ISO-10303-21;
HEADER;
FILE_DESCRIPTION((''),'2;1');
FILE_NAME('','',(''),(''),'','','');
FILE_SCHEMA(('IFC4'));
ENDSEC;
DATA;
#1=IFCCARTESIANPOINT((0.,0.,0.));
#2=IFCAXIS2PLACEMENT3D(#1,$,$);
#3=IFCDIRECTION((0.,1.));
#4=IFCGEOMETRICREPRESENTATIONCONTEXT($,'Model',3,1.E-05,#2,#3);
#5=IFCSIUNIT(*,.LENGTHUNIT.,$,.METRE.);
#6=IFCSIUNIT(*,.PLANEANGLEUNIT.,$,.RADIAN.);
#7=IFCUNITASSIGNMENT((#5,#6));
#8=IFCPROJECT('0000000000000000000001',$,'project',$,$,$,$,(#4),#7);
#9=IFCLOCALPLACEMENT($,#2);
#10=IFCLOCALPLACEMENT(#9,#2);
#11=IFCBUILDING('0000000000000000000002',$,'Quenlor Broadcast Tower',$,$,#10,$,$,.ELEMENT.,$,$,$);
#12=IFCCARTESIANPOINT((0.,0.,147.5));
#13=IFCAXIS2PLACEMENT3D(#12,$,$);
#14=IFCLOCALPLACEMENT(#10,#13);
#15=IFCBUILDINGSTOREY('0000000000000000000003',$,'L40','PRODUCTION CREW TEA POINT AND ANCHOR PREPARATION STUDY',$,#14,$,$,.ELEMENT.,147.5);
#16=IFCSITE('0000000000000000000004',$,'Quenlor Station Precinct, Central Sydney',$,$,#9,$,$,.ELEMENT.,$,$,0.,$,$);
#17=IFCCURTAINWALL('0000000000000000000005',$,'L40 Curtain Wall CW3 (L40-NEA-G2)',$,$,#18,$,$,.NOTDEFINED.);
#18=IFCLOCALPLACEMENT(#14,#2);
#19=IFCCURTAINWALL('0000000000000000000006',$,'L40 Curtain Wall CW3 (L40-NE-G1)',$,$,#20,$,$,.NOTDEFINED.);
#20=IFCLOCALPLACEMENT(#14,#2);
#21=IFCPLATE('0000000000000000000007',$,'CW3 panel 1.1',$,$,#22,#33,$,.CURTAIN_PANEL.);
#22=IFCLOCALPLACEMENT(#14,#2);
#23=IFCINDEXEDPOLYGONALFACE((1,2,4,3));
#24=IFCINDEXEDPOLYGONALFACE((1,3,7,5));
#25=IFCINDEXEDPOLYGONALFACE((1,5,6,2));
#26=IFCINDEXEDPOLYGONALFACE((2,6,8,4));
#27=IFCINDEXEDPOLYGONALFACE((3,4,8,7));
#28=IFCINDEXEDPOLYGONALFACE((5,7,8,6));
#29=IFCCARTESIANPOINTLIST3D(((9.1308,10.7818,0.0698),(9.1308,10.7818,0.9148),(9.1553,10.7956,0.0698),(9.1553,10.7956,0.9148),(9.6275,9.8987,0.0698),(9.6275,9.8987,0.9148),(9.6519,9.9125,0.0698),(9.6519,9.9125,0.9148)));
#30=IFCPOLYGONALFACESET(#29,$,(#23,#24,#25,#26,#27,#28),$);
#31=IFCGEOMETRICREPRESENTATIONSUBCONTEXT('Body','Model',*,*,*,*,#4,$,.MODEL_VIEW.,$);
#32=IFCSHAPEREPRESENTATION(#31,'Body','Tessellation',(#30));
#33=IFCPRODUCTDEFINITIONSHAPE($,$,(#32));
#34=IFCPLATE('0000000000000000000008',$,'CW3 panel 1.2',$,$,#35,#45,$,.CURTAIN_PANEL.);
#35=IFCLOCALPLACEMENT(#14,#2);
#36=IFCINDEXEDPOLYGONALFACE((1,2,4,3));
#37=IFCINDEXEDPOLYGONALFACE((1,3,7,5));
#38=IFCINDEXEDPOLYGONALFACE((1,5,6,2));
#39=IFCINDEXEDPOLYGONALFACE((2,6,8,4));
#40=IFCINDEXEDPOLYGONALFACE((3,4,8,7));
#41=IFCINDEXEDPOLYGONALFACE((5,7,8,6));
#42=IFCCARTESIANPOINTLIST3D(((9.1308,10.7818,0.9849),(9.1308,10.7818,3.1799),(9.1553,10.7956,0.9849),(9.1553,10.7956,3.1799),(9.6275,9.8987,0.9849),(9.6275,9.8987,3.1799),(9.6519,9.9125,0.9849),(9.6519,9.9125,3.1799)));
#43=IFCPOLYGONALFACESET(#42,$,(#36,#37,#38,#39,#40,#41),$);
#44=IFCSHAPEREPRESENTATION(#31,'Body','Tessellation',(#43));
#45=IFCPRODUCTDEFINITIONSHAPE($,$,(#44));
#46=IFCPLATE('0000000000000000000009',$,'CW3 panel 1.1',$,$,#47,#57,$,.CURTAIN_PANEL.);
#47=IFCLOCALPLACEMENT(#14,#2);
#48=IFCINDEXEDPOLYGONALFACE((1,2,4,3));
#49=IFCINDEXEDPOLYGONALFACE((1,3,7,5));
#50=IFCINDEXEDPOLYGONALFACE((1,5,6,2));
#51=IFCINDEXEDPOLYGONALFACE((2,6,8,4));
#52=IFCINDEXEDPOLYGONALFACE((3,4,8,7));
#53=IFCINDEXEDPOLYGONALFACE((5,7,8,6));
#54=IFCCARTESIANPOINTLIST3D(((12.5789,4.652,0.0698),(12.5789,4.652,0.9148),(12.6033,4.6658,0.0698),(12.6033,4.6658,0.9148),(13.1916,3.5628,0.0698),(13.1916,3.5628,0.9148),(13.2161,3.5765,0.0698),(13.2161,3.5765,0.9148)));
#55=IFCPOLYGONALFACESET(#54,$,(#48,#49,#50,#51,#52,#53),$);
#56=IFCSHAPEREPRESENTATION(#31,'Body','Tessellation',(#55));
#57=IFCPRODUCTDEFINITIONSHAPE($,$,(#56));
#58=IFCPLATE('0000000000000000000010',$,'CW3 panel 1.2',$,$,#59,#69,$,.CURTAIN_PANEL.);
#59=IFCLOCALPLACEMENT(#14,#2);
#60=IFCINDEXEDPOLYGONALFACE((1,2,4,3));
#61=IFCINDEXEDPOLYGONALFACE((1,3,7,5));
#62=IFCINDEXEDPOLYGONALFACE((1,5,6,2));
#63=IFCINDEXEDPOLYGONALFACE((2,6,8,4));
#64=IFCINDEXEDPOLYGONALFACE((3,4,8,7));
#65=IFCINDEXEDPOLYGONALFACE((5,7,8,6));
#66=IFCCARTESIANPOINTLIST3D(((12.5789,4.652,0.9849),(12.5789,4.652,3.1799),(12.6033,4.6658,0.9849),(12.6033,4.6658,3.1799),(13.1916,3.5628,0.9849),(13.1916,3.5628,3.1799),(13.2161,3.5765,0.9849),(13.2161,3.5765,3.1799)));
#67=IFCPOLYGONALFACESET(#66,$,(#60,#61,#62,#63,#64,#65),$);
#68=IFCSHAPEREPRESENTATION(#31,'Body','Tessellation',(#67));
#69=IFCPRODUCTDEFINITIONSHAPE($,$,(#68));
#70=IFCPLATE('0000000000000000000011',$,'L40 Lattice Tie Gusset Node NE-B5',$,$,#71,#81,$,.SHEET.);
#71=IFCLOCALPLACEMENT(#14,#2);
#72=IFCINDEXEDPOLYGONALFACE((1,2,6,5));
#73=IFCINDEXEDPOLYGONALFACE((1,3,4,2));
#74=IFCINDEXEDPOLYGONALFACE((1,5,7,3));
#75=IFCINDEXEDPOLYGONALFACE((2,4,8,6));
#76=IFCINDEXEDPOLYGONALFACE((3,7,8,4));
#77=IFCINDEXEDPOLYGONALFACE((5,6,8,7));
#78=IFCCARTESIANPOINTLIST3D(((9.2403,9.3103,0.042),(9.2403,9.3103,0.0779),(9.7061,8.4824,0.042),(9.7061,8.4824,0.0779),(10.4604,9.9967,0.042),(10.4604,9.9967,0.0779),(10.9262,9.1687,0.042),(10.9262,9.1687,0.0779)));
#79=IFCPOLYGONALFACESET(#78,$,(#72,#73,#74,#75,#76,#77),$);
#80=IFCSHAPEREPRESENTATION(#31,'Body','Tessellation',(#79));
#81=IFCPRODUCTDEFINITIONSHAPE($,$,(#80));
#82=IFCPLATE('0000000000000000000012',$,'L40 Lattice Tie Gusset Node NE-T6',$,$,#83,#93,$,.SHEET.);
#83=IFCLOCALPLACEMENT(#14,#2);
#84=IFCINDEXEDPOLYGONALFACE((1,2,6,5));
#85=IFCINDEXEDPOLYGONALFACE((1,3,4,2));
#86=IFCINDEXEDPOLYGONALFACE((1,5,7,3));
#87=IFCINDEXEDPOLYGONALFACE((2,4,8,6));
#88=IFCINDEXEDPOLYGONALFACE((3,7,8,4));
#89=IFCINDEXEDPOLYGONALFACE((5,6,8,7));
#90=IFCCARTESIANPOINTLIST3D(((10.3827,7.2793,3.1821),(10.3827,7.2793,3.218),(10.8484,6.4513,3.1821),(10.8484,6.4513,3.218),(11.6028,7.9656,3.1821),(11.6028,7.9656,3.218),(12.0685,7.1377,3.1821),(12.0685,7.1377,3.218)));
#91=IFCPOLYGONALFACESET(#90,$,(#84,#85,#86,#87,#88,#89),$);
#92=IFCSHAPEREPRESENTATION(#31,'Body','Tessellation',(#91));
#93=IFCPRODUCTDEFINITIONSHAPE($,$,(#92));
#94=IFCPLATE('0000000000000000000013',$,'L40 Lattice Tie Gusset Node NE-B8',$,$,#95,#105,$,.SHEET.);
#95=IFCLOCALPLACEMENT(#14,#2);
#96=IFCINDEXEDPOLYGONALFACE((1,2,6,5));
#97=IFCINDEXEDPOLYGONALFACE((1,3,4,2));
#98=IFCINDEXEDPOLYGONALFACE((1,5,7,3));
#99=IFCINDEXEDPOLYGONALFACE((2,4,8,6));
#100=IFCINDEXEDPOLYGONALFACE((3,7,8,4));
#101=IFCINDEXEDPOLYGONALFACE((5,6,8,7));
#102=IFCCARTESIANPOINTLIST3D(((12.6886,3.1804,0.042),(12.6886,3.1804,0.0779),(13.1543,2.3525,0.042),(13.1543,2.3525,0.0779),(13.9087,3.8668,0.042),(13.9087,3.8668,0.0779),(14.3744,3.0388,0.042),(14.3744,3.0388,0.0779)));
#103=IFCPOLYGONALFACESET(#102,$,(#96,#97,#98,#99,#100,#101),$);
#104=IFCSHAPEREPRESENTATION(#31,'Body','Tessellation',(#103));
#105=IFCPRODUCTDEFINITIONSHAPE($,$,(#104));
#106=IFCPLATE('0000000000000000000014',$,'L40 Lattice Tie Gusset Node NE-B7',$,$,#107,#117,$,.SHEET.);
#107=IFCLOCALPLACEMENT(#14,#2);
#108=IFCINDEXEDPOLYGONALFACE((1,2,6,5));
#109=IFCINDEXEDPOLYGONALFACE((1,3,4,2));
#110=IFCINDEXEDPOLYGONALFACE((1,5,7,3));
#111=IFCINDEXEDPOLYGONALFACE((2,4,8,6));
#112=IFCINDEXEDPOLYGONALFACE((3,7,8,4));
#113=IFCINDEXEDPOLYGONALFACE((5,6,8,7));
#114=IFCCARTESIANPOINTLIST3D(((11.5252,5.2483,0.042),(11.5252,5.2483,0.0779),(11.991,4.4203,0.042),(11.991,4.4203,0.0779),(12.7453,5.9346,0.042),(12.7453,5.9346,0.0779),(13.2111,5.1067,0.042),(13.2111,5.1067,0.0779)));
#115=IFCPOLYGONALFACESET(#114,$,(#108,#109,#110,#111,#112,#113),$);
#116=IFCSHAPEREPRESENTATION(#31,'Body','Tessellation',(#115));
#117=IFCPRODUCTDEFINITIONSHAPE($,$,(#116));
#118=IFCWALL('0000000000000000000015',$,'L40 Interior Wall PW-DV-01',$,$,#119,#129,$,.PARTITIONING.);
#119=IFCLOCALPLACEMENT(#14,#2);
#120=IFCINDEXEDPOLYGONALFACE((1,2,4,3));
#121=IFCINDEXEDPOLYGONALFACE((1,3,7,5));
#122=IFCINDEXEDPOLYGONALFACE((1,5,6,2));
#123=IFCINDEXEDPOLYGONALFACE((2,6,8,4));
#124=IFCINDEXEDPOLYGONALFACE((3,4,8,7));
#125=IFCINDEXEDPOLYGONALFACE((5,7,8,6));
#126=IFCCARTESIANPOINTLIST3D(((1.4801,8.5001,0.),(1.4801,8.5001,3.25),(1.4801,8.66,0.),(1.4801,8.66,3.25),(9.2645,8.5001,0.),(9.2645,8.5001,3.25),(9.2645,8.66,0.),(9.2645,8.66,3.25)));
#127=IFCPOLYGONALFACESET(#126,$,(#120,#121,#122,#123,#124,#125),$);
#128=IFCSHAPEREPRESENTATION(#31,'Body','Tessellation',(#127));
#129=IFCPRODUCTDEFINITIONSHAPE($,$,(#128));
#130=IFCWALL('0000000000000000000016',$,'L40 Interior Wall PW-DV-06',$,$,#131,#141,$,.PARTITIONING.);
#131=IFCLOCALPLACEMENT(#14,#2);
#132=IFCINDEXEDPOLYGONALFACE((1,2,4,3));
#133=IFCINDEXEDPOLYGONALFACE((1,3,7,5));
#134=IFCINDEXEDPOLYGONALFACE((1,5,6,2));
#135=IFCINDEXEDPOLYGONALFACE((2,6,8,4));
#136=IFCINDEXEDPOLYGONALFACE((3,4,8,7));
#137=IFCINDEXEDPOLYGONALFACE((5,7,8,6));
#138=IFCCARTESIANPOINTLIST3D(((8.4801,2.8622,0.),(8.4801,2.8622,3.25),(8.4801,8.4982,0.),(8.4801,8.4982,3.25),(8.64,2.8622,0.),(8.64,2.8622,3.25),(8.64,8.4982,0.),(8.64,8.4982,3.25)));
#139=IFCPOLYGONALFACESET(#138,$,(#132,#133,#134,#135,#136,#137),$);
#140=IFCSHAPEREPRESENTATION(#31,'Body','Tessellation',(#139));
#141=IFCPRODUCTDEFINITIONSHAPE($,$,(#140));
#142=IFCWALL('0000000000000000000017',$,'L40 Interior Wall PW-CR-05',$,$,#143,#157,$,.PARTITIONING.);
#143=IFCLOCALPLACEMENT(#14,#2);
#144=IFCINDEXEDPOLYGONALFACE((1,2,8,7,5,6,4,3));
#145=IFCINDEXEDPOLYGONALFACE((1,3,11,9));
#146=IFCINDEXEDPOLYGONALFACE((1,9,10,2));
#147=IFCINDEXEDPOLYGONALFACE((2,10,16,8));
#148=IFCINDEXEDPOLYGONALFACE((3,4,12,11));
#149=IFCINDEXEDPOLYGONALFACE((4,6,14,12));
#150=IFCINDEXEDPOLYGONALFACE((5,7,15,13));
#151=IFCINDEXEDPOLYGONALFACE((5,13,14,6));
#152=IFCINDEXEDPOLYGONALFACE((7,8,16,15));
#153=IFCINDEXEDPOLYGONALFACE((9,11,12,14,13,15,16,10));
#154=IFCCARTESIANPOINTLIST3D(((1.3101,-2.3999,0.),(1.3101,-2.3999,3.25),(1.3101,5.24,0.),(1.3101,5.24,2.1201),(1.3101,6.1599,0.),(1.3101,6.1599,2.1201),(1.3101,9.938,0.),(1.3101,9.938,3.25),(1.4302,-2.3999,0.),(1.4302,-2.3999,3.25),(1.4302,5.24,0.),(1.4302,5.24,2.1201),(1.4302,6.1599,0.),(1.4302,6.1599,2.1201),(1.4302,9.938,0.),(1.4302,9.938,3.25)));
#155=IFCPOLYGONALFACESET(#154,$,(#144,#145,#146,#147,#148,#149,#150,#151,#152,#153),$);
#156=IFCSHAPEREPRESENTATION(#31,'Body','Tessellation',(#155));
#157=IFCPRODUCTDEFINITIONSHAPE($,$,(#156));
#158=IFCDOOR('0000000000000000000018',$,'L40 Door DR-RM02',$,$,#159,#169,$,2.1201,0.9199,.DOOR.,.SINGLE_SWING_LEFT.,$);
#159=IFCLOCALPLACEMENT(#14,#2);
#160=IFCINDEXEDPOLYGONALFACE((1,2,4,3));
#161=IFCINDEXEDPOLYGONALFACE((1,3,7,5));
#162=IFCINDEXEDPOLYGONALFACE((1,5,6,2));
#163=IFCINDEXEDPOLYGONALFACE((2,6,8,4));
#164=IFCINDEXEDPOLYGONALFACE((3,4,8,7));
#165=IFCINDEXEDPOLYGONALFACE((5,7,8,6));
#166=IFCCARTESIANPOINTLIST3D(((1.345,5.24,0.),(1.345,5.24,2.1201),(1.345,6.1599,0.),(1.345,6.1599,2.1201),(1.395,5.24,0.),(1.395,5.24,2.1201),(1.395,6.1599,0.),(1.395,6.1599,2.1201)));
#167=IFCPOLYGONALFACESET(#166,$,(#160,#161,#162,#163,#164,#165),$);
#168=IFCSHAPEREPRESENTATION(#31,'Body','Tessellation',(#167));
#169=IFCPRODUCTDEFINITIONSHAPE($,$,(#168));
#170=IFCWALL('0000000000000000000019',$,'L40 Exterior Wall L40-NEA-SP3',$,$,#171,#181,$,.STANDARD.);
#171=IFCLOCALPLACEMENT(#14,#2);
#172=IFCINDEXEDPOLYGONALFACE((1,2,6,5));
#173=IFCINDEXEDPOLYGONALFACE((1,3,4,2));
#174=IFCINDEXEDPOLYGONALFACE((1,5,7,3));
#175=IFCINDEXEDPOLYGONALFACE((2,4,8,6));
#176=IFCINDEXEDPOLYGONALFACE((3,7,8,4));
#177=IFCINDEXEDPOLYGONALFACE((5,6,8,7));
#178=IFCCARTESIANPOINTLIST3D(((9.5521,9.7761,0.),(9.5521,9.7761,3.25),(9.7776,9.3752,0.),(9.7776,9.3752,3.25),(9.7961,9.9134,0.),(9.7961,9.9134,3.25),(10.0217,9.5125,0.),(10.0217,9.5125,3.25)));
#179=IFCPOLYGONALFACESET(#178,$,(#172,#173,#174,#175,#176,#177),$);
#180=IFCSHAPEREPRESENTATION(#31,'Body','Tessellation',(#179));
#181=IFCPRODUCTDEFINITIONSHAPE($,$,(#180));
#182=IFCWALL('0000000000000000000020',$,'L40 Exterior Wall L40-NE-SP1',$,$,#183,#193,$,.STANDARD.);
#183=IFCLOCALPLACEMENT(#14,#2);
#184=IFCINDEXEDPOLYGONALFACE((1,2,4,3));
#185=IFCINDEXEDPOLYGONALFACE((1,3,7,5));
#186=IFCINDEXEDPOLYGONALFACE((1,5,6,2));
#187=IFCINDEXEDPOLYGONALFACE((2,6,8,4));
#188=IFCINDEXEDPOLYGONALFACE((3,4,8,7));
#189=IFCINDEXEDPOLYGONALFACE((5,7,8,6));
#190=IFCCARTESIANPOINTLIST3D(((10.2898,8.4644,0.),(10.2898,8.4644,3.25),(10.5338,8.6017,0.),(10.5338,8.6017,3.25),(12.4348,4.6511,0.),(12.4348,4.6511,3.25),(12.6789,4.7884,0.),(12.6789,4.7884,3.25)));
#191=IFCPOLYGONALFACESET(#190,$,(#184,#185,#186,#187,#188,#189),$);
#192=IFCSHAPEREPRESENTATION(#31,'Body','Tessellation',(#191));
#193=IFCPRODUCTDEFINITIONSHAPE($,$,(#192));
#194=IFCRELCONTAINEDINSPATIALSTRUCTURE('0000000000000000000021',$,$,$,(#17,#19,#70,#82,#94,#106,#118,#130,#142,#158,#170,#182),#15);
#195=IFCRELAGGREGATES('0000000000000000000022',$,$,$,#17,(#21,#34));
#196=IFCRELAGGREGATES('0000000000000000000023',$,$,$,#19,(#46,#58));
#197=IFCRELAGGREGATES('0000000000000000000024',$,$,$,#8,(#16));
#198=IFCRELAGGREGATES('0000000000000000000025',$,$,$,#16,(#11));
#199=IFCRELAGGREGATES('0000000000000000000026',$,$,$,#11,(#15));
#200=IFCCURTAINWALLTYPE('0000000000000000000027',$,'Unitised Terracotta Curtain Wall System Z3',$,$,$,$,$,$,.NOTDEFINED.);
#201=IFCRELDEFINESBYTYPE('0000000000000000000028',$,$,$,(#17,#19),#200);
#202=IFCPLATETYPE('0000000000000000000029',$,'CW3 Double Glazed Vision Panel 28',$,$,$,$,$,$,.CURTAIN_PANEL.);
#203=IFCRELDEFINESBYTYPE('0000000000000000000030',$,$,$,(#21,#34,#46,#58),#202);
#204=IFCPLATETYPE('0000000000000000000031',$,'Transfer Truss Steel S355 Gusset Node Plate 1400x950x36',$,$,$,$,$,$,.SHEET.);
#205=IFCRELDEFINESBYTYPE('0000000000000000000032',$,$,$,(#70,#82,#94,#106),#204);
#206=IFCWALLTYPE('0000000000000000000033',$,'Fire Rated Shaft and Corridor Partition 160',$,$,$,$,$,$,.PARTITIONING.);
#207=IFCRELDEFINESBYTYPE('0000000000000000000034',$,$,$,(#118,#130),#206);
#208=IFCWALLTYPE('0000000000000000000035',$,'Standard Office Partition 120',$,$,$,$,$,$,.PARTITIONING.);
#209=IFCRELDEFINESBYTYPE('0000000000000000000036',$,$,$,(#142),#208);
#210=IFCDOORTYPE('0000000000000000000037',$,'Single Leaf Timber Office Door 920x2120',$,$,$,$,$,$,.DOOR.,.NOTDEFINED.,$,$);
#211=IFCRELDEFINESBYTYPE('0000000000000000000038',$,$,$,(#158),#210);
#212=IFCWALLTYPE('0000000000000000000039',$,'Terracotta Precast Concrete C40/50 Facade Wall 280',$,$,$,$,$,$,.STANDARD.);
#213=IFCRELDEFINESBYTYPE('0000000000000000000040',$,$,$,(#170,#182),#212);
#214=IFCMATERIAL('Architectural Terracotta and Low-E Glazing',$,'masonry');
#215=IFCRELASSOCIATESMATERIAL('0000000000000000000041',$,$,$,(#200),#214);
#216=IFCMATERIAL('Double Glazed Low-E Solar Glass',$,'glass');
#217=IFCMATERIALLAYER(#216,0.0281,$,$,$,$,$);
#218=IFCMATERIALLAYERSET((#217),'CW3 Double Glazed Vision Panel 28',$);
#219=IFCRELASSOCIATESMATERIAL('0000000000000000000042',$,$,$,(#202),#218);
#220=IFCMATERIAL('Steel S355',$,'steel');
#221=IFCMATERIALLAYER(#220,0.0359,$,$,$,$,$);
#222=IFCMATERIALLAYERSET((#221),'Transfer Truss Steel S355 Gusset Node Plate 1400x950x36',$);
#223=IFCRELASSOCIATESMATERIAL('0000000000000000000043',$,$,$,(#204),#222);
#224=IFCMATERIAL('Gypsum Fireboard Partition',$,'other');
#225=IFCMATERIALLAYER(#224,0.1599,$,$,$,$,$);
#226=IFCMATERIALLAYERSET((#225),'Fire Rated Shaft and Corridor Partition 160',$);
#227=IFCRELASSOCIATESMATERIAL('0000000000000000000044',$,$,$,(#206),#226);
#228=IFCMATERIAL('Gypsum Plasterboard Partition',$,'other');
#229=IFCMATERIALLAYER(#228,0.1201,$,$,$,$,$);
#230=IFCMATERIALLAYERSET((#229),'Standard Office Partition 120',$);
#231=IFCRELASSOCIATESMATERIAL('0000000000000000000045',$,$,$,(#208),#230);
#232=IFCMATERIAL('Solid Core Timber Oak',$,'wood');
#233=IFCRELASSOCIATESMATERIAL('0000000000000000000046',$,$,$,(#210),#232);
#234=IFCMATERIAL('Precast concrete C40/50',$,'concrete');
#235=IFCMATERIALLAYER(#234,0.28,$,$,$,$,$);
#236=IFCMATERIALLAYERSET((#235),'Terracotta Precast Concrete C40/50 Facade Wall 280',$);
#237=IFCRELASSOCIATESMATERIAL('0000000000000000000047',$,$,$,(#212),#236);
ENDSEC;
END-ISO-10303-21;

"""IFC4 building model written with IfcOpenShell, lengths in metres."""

from ifc_helpers import new_model, si_unit, direction, frame, frame_2d, origin, origin_2d, place, context, subcontext, project, spatial, rectangle, extrude, material, layer, layer_set, type_object, element, fill, aggregate, save


model = new_model("IFC4")

# Units and contexts
model_context = context("Model", 3, precision=1e-05, world=origin(), true_north=direction((0.0, 1.0)))
body_context = subcontext(model_context, "Body", "Model", "MODEL_VIEW")
ifc_project = project(units=[si_unit("LENGTHUNIT", "METRE"), si_unit("PLANEANGLEUNIT", "RADIAN")], contexts=[model_context])

# Site, building, storey
site_placement = place(None, origin())
site = spatial("IfcSite", under=ifc_project, at=site_placement, Name="Quenlor Station Precinct, Central Sydney", CompositionType="ELEMENT", RefElevation=0.0)
building_placement = place(site_placement, origin())
building = spatial("IfcBuilding", under=site, at=building_placement, Name="Quenlor Broadcast Tower", CompositionType="ELEMENT")
storey_placement = place(building_placement, frame((0.0, 0.0, 147.5)))
storey = spatial("IfcBuildingStorey", under=building, at=storey_placement, Name="L40", Description="PRODUCTION CREW TEA POINT AND ANCHOR PREPARATION STUDY", CompositionType="ELEMENT", Elevation=147.5)

# Curtain wall
ifc_material_1 = material(Name="Architectural Terracotta and Low-E Glazing", Category="masonry")
curtain_wall_type = type_object("IfcCurtainWallType", Name="Unitised Terracotta Curtain Wall System Z3", PredefinedType="NOTDEFINED", material=ifc_material_1)
curtain_wall_1_placement = place(storey_placement, origin())
curtain_wall_1 = element("IfcCurtainWall", 1, at=curtain_wall_1_placement, inside=storey, type_object=curtain_wall_type, Name="L40 Curtain Wall CW3 (L40-NEA-G2)", PredefinedType="NOTDEFINED")

# Curtain wall
curtain_wall_2_placement = place(storey_placement, origin())
curtain_wall_2 = element("IfcCurtainWall", 2, at=curtain_wall_2_placement, inside=storey, type_object=curtain_wall_type, Name="L40 Curtain Wall CW3 (L40-NE-G1)", PredefinedType="NOTDEFINED")

# Plates
ifc_material_2 = material(Name="Double Glazed Low-E Solar Glass", Category="glass")
ifc_layer_1 = layer(ifc_material_2, 0.0281)
ifc_layer_set_1 = layer_set([ifc_layer_1], Name="CW3 Double Glazed Vision Panel 28")
plate_type_1 = type_object("IfcPlateType", Name="CW3 Double Glazed Vision Panel 28", PredefinedType="CURTAIN_PANEL", material=ifc_layer_set_1)
plate_1_placement = place(storey_placement, frame((9.3914, 10.3472, 0.0698), z_axis=(0.0, 0.0, 1.0), x_axis=(0.490216, -0.871601, 0.0)))
plate_1 = element("IfcPlate", 3, at=plate_1_placement, type_object=plate_type_1, Name="CW3 panel 1.1", PredefinedType="CURTAIN_PANEL", context=body_context, shape_type="SweptSolid", body=[
    extrude(rectangle(XDim=1.0132, YDim=0.0281, at=origin_2d()), origin(), (0.0, 0.0, 1.0), 0.845),
])
plate_2_placement = place(storey_placement, frame((9.3914, 10.3472, 0.9849), z_axis=(0.0, 0.0, 1.0), x_axis=(0.490216, -0.871601, 0.0)))
plate_2 = element("IfcPlate", 4, at=plate_2_placement, type_object=plate_type_1, Name="CW3 panel 1.2", PredefinedType="CURTAIN_PANEL", context=body_context, shape_type="SweptSolid", body=[
    extrude(rectangle(XDim=1.0132, YDim=0.0281, at=origin_2d()), origin(), (0.0, 0.0, 1.0), 2.1951),
])
aggregate(curtain_wall_1, [plate_1, plate_2])
plate_3_placement = place(storey_placement, frame((12.8975, 4.1143, 0.0698), z_axis=(0.0, 0.0, 1.0), x_axis=(0.490285, -0.871562, 0.0)))
plate_3 = element("IfcPlate", 5, at=plate_3_placement, type_object=plate_type_1, Name="CW3 panel 1.1", PredefinedType="CURTAIN_PANEL", context=body_context, shape_type="SweptSolid", body=[
    extrude(rectangle(XDim=1.2498, YDim=0.0281, at=origin_2d()), origin(), (0.0, 0.0, 1.0), 0.845),
])
plate_4_placement = place(storey_placement, frame((12.8975, 4.1143, 0.9849), z_axis=(0.0, 0.0, 1.0), x_axis=(0.490285, -0.871562, 0.0)))
plate_4 = element("IfcPlate", 6, at=plate_4_placement, type_object=plate_type_1, Name="CW3 panel 1.2", PredefinedType="CURTAIN_PANEL", context=body_context, shape_type="SweptSolid", body=[
    extrude(rectangle(XDim=1.2498, YDim=0.0281, at=origin_2d()), origin(), (0.0, 0.0, 1.0), 2.1951),
])
aggregate(curtain_wall_2, [plate_3, plate_4])

# Plates
ifc_material_3 = material(Name="Steel S355", Category="steel")
ifc_layer_2 = layer(ifc_material_3, 0.0359)
ifc_layer_set_2 = layer_set([ifc_layer_2], Name="Transfer Truss Steel S355 Gusset Node Plate 1400x950x36")
plate_type_2 = type_object("IfcPlateType", Name="Transfer Truss Steel S355 Gusset Node Plate 1400x950x36", PredefinedType="SHEET", material=ifc_layer_set_2)
for number, where, z_axis, x_axis, name in (
    (7, (10.0833, 9.2395, 0.042), (0.0, 0.0, 1.0), (0.871556, 0.490295, 0.0), "L40 Lattice Tie Gusset Node NE-B5"),
    (8, (11.2256, 7.2085, 3.1821), (0.0, 0.0, 1.0), (0.871556, 0.490295, 0.0), "L40 Lattice Tie Gusset Node NE-T6"),
    (9, (13.5315, 3.1096, 0.042), (0.0, 0.0, 1.0), (0.871556, 0.490295, 0.0), "L40 Lattice Tie Gusset Node NE-B8"),
    (10, (12.3682, 5.1775, 0.042), (0.0, 0.0, 1.0), (0.871556, 0.490295, 0.0), "L40 Lattice Tie Gusset Node NE-B7"),
):
    element("IfcPlate", number, at=place(storey_placement, frame(where, z_axis=z_axis, x_axis=x_axis)), inside=storey, type_object=plate_type_2, Name=name, PredefinedType="SHEET", context=body_context, shape_type="SweptSolid", body=[
        extrude(rectangle(XDim=1.3999, YDim=0.95, at=origin_2d()), origin(), (0.0, 0.0, 1.0), 0.0359),
    ])

# Walls
ifc_material_4 = material(Name="Gypsum Fireboard Partition", Category="other")
ifc_layer_3 = layer(ifc_material_4, 0.1599)
ifc_layer_set_3 = layer_set([ifc_layer_3], Name="Fire Rated Shaft and Corridor Partition 160")
wall_type_1 = type_object("IfcWallType", Name="Fire Rated Shaft and Corridor Partition 160", PredefinedType="PARTITIONING", material=ifc_layer_set_3)
wall_1_placement = place(storey_placement, frame((9.2644, 8.5801, 0.0), z_axis=(0.0, 0.0, 1.0), x_axis=(-1.0, 0.0, 0.0)))
element("IfcWall", 11, at=wall_1_placement, inside=storey, type_object=wall_type_1, Name="L40 Interior Wall PW-DV-01", PredefinedType="PARTITIONING", context=body_context, shape_type="SweptSolid", body=[
    extrude(rectangle(XDim=7.7844, YDim=0.1599, at=frame_2d((3.8921, 0.0))), origin(), (0.0, 0.0, 1.0), 3.25),
])
wall_2_placement = place(storey_placement, frame((8.5601, 8.498, 0.0), z_axis=(0.0, 0.0, 1.0), x_axis=(0.0, -1.0, 0.0)))
element("IfcWall", 12, at=wall_2_placement, inside=storey, type_object=wall_type_1, Name="L40 Interior Wall PW-DV-06", PredefinedType="PARTITIONING", context=body_context, shape_type="SweptSolid", body=[
    extrude(rectangle(XDim=5.636, YDim=0.1599, at=frame_2d((2.8179, 0.0))), origin(), (0.0, 0.0, 1.0), 3.25),
])

# Wall, opening, door
ifc_material_5 = material(Name="Gypsum Plasterboard Partition", Category="other")
ifc_layer_4 = layer(ifc_material_5, 0.1201)
ifc_layer_set_4 = layer_set([ifc_layer_4], Name="Standard Office Partition 120")
wall_type_2 = type_object("IfcWallType", Name="Standard Office Partition 120", PredefinedType="PARTITIONING", material=ifc_layer_set_4)
wall_3_placement = place(storey_placement, frame((1.3701, 9.938, 0.0), z_axis=(0.0, 0.0, 1.0), x_axis=(0.0, -1.0, 0.0)))
wall_3 = element("IfcWall", 13, at=wall_3_placement, inside=storey, type_object=wall_type_2, Name="L40 Interior Wall PW-CR-05", PredefinedType="PARTITIONING", context=body_context, shape_type="SweptSolid", body=[
    extrude(rectangle(XDim=12.3379, YDim=0.1201, at=frame_2d((6.1689, 0.0))), origin(), (0.0, 0.0, 1.0), 3.25),
])
opening_placement = place(wall_3_placement, frame((3.7781, 0.0, 0.0)))
opening = element("IfcOpeningElement", 14, at=opening_placement, cuts=wall_3, PredefinedType="OPENING", context=body_context, shape_type="SweptSolid", body=[
    extrude(rectangle(XDim=0.9199, YDim=2.1201, at=frame_2d((0.46, 1.0601))), frame((0.0, 0.0701, 0.0), z_axis=(0.0, -1.0, 0.0), x_axis=(1.0, 0.0, 0.0)), (0.0, 0.0, 1.0), 0.1401),
])
ifc_material_6 = material(Name="Solid Core Timber Oak", Category="wood")
door_type = type_object("IfcDoorType", Name="Single Leaf Timber Office Door 920x2120", OperationType="NOTDEFINED", PredefinedType="DOOR", material=ifc_material_6)
door_placement = place(opening_placement, origin())
door = element("IfcDoor", 15, at=door_placement, inside=storey, type_object=door_type, Name="L40 Door DR-RM02", OperationType="SINGLE_SWING_LEFT", OverallHeight=2.1201, OverallWidth=0.9199, PredefinedType="DOOR", context=body_context, shape_type="SweptSolid", body=[
    extrude(rectangle(XDim=0.9199, YDim=2.1201, at=frame_2d((0.46, 1.0601))), frame((0.0, 0.0249, 0.0), z_axis=(0.0, -1.0, 0.0), x_axis=(1.0, 0.0, 0.0)), (0.0, 0.0, 1.0), 0.05),
])
fill(opening, door)

# Walls
ifc_material_7 = material(Name="Precast concrete C40/50", Category="concrete")
ifc_layer_5 = layer(ifc_material_7, 0.28)
ifc_layer_set_5 = layer_set([ifc_layer_5], Name="Terracotta Precast Concrete C40/50 Facade Wall 280")
wall_type_3 = type_object("IfcWallType", Name="Terracotta Precast Concrete C40/50 Facade Wall 280", PredefinedType="STANDARD", material=ifc_layer_set_5)
wall_4_placement = place(storey_placement, frame((9.6741, 9.8447, 0.0), z_axis=(0.0, 0.0, 1.0), x_axis=(0.490412, -0.87149, 0.0)))
element("IfcWall", 16, at=wall_4_placement, inside=storey, type_object=wall_type_3, Name="L40 Exterior Wall L40-NEA-SP3", PredefinedType="STANDARD", context=body_context, shape_type="SweptSolid", body=[
    extrude(rectangle(XDim=0.46, YDim=0.28, at=frame_2d((0.23, 0.0))), origin(), (0.0, 0.0, 1.0), 3.25),
])
wall_5_placement = place(storey_placement, frame((10.4119, 8.533, 0.0), z_axis=(0.0, 0.0, 1.0), x_axis=(0.490274, -0.871568, 0.0)))
element("IfcWall", 17, at=wall_5_placement, inside=storey, type_object=wall_type_3, Name="L40 Exterior Wall L40-NE-SP1", PredefinedType="STANDARD", context=body_context, shape_type="SweptSolid", body=[
    extrude(rectangle(XDim=4.3752, YDim=0.28, at=frame_2d((2.1875, 0.0))), origin(), (0.0, 0.0, 1.0), 3.25),
])

save(model, "model.ifc")
